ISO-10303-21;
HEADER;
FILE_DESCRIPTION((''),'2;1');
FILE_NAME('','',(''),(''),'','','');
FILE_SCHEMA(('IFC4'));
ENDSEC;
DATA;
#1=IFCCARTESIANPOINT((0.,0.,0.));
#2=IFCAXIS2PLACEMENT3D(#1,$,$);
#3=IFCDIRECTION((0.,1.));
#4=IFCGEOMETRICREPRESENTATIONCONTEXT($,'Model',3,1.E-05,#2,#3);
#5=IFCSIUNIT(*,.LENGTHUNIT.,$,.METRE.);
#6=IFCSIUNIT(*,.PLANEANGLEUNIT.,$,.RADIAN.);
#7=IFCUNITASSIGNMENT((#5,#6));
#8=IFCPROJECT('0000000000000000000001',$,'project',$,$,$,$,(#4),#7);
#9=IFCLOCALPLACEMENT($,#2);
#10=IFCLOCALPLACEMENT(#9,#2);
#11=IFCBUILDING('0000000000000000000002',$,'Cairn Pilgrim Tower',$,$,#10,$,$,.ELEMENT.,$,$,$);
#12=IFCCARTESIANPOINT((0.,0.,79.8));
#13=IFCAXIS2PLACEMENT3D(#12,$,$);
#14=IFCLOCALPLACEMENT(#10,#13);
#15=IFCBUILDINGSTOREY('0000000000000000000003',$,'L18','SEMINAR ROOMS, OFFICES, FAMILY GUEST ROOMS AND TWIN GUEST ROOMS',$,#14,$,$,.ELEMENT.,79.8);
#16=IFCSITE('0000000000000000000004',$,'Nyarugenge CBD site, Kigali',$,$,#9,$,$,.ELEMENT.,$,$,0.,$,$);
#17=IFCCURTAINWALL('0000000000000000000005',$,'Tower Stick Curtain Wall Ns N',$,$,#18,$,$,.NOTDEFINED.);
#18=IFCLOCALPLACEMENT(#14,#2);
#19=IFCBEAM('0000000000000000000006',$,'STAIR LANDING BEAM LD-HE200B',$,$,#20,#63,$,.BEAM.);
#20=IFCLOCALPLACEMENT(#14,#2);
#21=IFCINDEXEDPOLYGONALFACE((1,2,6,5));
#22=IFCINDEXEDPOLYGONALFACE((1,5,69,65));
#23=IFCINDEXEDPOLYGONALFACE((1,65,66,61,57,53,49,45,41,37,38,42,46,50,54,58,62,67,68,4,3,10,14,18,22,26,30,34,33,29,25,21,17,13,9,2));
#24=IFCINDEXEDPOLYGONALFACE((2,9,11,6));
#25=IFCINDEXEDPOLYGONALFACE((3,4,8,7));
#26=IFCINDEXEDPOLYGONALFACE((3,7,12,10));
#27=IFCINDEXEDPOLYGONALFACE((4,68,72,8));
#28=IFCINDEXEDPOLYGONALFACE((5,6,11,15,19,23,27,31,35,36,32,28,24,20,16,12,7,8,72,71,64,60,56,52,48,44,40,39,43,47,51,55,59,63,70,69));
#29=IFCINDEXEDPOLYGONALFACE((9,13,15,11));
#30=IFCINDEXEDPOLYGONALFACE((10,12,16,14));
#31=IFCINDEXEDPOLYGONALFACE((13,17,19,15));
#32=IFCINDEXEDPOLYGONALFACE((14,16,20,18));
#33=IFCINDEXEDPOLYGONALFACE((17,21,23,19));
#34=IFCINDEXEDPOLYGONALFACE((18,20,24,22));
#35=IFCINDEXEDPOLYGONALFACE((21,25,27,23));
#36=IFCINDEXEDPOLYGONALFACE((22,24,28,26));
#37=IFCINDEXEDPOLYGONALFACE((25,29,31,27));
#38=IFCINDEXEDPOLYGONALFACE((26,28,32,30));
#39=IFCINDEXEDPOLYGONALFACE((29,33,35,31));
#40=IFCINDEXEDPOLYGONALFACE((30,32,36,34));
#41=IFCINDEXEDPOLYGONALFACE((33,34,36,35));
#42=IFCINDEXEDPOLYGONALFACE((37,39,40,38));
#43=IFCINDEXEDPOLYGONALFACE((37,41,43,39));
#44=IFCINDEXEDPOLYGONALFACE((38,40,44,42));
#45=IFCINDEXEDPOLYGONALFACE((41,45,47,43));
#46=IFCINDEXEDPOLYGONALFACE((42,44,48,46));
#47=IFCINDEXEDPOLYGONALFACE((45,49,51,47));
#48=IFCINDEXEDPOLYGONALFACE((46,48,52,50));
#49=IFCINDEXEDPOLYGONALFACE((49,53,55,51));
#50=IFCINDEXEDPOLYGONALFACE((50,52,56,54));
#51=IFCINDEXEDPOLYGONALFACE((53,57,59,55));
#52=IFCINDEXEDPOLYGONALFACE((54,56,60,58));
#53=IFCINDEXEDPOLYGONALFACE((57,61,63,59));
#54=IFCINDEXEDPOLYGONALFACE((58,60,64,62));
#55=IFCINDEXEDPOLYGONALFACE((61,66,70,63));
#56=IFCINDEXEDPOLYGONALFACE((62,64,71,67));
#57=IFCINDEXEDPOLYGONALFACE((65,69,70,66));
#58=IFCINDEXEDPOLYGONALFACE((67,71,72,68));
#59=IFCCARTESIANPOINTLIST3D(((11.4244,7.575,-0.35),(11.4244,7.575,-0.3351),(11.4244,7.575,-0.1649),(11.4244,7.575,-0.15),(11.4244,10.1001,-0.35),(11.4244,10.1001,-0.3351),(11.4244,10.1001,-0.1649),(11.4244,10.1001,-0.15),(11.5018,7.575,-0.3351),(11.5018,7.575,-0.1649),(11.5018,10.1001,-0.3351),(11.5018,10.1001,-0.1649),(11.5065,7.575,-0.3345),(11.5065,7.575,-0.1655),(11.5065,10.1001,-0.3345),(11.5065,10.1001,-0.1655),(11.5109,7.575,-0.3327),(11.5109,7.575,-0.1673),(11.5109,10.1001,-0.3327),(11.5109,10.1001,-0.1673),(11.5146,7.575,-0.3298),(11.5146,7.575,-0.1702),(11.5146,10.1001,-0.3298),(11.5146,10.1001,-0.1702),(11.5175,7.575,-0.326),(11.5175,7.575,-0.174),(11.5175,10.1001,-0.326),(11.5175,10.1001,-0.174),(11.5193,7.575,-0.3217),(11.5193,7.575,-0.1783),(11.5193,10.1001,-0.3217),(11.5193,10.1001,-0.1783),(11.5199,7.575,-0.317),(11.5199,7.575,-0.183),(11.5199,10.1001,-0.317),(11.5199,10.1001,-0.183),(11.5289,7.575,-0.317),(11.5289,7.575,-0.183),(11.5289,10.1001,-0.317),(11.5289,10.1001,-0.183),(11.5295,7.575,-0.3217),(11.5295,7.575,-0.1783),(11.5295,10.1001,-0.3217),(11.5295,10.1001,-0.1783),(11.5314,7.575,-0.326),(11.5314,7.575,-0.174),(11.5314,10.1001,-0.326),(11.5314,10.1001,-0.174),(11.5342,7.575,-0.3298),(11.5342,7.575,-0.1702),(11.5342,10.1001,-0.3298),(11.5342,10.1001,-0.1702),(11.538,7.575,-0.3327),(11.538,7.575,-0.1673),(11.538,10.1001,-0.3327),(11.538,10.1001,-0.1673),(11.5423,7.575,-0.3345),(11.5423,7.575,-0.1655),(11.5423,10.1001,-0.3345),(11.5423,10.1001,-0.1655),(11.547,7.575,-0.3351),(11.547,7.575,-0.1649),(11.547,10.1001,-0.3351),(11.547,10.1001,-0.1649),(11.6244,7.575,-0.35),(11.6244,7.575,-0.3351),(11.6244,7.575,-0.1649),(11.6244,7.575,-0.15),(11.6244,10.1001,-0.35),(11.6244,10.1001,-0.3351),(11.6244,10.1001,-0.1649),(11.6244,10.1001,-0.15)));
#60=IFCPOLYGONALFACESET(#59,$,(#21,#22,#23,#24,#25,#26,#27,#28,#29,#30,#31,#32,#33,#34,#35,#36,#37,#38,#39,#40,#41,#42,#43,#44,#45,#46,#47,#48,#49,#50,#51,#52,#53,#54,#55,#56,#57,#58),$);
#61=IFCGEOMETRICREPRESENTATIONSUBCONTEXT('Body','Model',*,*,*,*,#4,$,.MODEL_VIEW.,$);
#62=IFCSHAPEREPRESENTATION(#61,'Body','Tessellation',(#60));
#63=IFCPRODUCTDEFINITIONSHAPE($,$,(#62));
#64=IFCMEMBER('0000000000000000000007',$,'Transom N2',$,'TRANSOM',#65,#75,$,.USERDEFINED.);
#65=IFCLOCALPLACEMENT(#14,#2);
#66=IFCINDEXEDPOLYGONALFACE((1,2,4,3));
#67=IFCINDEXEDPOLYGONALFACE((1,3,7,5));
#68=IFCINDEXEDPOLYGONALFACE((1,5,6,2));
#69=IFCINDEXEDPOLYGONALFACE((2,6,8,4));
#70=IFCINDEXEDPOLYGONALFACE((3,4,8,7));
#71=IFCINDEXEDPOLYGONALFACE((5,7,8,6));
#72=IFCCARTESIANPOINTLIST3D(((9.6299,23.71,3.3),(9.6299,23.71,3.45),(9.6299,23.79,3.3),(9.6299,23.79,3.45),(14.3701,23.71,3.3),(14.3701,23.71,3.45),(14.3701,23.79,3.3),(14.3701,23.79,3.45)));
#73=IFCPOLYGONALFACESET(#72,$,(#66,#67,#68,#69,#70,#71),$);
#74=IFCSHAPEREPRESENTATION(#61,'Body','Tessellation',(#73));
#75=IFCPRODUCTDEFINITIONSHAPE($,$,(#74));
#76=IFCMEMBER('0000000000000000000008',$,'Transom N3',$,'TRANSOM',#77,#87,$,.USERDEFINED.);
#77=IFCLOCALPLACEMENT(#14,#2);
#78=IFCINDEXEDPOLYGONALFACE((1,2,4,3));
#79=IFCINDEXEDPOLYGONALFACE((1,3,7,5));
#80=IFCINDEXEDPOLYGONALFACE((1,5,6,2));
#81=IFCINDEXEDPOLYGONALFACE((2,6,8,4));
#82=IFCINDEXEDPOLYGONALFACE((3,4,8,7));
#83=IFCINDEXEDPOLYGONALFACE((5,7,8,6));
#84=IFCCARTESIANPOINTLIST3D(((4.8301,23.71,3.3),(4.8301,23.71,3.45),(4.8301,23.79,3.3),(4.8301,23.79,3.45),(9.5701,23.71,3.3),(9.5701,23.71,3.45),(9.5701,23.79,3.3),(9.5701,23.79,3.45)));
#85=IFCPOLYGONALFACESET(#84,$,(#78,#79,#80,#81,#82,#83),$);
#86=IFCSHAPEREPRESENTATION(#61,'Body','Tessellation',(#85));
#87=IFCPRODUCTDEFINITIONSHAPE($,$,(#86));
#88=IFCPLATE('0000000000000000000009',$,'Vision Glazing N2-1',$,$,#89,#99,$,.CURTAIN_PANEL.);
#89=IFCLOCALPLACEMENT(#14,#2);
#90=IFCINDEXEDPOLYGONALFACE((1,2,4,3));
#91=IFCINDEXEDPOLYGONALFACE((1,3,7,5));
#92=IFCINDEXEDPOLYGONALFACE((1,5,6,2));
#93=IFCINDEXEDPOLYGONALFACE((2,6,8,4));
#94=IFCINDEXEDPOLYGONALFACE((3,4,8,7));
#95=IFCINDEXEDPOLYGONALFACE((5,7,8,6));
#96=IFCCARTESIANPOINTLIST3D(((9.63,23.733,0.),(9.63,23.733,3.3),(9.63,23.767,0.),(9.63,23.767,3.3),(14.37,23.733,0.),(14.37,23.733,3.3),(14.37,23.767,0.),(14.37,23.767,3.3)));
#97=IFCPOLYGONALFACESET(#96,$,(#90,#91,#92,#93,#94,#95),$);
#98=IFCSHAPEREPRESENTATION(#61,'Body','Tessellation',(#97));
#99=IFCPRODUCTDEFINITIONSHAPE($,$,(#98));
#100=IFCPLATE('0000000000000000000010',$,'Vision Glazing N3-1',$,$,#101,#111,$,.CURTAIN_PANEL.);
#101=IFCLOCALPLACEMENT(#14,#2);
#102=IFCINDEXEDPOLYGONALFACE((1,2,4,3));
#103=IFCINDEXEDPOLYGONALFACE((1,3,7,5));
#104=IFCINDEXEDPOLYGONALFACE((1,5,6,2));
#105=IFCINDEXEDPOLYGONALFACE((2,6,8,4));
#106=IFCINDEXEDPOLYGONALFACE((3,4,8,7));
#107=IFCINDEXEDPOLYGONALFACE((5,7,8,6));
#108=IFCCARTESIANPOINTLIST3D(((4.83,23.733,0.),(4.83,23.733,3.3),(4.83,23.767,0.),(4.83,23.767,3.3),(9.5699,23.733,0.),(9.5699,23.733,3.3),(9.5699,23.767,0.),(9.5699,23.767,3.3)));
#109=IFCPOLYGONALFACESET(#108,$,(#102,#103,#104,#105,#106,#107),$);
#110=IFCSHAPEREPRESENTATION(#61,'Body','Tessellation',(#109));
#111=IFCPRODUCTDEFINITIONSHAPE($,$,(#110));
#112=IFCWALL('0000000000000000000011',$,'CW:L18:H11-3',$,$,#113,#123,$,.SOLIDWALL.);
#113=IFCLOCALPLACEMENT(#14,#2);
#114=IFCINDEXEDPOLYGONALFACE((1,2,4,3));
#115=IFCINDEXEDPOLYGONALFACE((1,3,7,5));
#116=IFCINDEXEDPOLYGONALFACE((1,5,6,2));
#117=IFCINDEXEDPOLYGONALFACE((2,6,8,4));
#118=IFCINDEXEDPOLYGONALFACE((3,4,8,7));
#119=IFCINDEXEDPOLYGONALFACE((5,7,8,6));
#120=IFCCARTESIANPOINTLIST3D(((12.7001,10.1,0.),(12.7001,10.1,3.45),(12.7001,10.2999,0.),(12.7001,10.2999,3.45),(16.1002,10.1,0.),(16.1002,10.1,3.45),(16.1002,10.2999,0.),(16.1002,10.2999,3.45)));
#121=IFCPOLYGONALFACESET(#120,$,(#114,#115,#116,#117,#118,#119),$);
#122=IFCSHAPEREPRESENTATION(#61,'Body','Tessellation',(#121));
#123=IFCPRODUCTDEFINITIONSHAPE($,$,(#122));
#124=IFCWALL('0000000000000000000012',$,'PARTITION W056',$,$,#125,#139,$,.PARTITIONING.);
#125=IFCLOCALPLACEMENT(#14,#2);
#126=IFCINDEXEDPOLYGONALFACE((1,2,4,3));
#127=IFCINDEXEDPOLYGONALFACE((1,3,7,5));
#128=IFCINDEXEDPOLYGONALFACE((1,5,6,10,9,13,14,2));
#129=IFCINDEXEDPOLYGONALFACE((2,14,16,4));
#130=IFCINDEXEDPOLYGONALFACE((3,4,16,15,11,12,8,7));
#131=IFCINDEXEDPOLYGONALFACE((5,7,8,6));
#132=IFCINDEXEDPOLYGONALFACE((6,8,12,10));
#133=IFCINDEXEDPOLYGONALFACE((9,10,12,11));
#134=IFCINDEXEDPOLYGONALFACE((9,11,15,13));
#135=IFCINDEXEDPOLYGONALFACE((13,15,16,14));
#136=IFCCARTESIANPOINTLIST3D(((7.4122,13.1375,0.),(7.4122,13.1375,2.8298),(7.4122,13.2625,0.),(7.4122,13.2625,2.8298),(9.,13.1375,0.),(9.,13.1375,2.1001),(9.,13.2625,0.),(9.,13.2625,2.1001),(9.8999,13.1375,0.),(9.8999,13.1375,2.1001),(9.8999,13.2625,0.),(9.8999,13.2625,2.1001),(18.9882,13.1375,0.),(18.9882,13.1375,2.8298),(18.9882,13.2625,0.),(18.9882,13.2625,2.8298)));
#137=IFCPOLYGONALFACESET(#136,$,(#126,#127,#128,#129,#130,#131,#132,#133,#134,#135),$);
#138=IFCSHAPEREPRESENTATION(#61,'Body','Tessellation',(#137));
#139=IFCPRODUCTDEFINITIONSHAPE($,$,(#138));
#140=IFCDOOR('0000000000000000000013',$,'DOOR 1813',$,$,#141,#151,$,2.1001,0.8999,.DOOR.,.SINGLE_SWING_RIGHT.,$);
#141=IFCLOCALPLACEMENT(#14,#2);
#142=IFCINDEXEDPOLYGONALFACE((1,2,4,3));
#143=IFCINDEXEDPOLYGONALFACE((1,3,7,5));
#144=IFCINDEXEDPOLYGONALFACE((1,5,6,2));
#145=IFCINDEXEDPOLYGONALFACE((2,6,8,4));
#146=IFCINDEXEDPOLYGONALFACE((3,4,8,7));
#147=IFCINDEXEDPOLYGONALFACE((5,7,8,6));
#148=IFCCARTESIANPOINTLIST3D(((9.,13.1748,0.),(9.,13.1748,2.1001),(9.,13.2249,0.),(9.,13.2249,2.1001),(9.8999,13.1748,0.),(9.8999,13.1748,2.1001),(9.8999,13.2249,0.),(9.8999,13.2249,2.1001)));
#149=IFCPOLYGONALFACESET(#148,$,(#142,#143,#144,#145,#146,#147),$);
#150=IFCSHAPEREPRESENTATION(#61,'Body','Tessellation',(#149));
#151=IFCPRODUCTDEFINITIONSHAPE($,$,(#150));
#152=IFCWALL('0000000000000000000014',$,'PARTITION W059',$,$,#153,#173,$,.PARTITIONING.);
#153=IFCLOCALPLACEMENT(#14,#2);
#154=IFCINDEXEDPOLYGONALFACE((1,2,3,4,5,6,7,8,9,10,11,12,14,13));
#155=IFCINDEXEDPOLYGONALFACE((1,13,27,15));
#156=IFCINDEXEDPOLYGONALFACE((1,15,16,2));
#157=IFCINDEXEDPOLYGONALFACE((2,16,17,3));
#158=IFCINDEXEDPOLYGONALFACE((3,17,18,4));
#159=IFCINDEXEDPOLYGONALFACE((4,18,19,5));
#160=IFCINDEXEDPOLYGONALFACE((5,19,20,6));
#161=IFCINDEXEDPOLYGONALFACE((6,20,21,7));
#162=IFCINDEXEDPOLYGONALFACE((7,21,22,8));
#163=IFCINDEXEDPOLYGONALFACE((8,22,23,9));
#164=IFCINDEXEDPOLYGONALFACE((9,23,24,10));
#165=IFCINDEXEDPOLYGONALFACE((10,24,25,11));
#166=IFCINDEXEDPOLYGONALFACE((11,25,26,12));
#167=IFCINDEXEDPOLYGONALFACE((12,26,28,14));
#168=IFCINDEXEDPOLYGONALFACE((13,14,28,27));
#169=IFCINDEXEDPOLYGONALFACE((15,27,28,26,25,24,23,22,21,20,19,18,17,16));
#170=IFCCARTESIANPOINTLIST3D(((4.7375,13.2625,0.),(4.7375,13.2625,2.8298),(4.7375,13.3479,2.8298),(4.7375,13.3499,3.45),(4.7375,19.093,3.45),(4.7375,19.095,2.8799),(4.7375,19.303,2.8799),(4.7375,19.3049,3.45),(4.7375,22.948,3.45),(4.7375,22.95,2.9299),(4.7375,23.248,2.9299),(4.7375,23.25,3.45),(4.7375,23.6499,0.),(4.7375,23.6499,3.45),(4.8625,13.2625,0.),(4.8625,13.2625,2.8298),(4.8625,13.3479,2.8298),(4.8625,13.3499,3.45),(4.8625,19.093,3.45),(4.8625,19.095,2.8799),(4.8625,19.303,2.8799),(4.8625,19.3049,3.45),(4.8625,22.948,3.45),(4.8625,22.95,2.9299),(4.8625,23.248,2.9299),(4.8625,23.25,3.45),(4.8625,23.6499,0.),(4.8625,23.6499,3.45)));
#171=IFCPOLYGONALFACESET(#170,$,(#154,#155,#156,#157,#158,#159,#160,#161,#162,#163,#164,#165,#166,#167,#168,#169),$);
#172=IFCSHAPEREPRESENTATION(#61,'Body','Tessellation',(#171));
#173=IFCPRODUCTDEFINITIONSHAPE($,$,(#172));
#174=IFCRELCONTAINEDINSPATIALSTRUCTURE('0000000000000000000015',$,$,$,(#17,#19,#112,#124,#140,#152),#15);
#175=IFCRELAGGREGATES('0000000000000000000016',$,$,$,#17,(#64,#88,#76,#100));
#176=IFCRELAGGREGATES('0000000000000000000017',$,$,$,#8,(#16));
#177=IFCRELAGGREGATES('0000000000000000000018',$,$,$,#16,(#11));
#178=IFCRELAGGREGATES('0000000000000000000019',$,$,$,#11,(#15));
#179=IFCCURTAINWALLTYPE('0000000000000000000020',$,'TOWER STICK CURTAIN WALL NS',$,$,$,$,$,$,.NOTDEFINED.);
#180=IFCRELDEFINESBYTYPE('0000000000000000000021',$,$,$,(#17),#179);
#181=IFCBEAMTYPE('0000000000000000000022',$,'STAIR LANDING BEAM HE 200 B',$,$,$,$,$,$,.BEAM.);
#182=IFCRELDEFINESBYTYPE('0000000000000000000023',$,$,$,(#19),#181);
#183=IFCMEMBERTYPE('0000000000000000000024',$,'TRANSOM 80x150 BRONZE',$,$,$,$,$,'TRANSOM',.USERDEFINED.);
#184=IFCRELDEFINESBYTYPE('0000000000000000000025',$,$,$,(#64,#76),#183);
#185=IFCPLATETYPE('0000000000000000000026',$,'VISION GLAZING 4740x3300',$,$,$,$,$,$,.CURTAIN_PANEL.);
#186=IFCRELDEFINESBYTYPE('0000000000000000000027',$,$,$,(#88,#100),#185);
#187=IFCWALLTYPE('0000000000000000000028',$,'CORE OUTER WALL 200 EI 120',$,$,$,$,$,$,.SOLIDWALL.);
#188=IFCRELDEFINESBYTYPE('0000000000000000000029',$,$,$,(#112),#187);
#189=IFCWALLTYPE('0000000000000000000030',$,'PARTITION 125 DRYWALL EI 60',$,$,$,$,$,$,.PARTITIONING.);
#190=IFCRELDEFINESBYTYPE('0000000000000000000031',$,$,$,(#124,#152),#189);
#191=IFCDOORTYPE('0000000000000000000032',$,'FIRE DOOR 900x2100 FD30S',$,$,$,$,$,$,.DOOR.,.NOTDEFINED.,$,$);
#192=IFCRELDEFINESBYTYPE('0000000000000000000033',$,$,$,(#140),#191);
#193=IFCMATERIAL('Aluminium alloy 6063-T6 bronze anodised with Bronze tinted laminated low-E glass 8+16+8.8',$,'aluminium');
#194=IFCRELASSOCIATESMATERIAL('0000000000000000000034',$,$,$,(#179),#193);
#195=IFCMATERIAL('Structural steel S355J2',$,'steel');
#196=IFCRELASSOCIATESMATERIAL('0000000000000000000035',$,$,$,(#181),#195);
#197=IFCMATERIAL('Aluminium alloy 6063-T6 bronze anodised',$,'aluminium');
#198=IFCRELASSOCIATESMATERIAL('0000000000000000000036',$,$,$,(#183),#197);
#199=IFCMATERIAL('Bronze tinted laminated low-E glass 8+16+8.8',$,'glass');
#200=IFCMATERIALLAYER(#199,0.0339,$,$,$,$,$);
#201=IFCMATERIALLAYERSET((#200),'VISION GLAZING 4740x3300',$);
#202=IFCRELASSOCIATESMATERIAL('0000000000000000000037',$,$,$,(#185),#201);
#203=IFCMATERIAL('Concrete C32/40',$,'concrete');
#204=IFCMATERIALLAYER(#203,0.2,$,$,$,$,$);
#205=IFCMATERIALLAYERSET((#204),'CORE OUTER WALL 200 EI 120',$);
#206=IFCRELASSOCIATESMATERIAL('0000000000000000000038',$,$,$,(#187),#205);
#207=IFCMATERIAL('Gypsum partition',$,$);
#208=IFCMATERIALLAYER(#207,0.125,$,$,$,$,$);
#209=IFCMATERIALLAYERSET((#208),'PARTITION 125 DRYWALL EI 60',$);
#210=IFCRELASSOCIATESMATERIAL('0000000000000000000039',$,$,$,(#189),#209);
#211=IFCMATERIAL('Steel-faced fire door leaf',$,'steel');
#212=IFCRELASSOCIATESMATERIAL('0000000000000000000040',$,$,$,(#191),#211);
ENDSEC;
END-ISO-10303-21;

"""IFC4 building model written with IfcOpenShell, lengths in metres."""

from ifc_helpers import new_model, si_unit, direction, frame, frame_2d, origin, origin_2d, place, context, subcontext, project, spatial, polyline, rectangle, i_section, outline, extrude, material, layer, layer_set, material_profile, profile_set, type_object, element, fill, aggregate, save


model = new_model("IFC4")

# Units and contexts
model_context = context("Model", 3, precision=1e-05, world=origin(), true_north=direction((0.0, 1.0)))
body_context = subcontext(model_context, "Body", "Model", "MODEL_VIEW")
ifc_project = project(units=[si_unit("LENGTHUNIT", "METRE"), si_unit("PLANEANGLEUNIT", "RADIAN")], contexts=[model_context])

# Site, building, storey
site_placement = place(None, origin())
site = spatial("IfcSite", under=ifc_project, at=site_placement, Name="Nyarugenge CBD site, Kigali", CompositionType="ELEMENT", RefElevation=0.0)
building_placement = place(site_placement, origin())
building = spatial("IfcBuilding", under=site, at=building_placement, Name="Cairn Pilgrim Tower", CompositionType="ELEMENT")
storey_placement = place(building_placement, frame((0.0, 0.0, 79.8)))
storey = spatial("IfcBuildingStorey", under=building, at=storey_placement, Name="L18", Description="SEMINAR ROOMS, OFFICES, FAMILY GUEST ROOMS AND TWIN GUEST ROOMS", CompositionType="ELEMENT", Elevation=79.8)

# Curtain wall
ifc_material_1 = material(Name="Aluminium alloy 6063-T6 bronze anodised with Bronze tinted laminated low-E glass 8+16+8.8", Category="aluminium")
curtain_wall_type = type_object("IfcCurtainWallType", Name="TOWER STICK CURTAIN WALL NS", PredefinedType="NOTDEFINED", material=ifc_material_1)
curtain_wall_placement = place(storey_placement, origin())
curtain_wall = element("IfcCurtainWall", 1, at=curtain_wall_placement, inside=storey, type_object=curtain_wall_type, Name="Tower Stick Curtain Wall Ns N", PredefinedType="NOTDEFINED")
ifc_material_2 = material(Name="Aluminium alloy 6063-T6 bronze anodised", Category="aluminium")

# Beam
ifc_material_3 = material(Name="Structural steel S355J2", Category="steel")
ifc_material_profile_1 = material_profile(ifc_material_3, i_section(OverallWidth=0.2, OverallDepth=0.2, WebThickness=0.009, FlangeThickness=0.0149, FilletRadius=0.0181, at=origin_2d()), Name="HE 200 B")
ifc_profile_set_1 = profile_set([ifc_material_profile_1], Name="Structural steel S355J2")
beam_type_1 = type_object("IfcBeamType", Name="STAIR LANDING BEAM HE 200 B", PredefinedType="BEAM", material=ifc_profile_set_1)
beam_1_placement = place(storey_placement, frame((11.5244, 10.1001, -0.25), z_axis=(0.0, -1.0, 0.0), x_axis=(1.0, 0.0, 0.0)))
element("IfcBeam", 2, at=beam_1_placement, inside=storey, type_object=beam_type_1, Name="STAIR LANDING BEAM LD-HE200B", PredefinedType="BEAM", context=body_context, shape_type="SweptSolid", body=[
    extrude(i_section(OverallWidth=0.2, OverallDepth=0.2, WebThickness=0.009, FlangeThickness=0.0149, FilletRadius=0.0181, at=origin_2d()), origin(), (0.0, 0.0, 1.0), 2.5251),
])

# Members
ifc_material_profile_2 = material_profile(ifc_material_2, rectangle(XDim=0.0801, YDim=0.1499, at=origin_2d()), Name="TRANSOM 80x150 BRONZE")
ifc_profile_set_2 = profile_set([ifc_material_profile_2], Name="Aluminium alloy 6063-T6 bronze anodised")
member_type_1 = type_object("IfcMemberType", Name="TRANSOM 80x150 BRONZE", ElementType="TRANSOM", PredefinedType="USERDEFINED", material=ifc_profile_set_2)
member_1_placement = place(storey_placement, frame((14.3701, 23.75, 3.375), z_axis=(-1.0, 0.0, 0.0), x_axis=(0.0, -1.0, 0.0)))
member_1 = element("IfcMember", 3, at=member_1_placement, type_object=member_type_1, Name="Transom N2", ObjectType="TRANSOM", PredefinedType="USERDEFINED", context=body_context, shape_type="SweptSolid", body=[
    extrude(rectangle(XDim=0.0801, YDim=0.1499, at=origin_2d()), origin(), (0.0, 0.0, 1.0), 4.7402),
])
member_2_placement = place(storey_placement, frame((9.5701, 23.75, 3.375), z_axis=(-1.0, 0.0, 0.0), x_axis=(0.0, -1.0, 0.0)))
member_2 = element("IfcMember", 4, at=member_2_placement, type_object=member_type_1, Name="Transom N3", ObjectType="TRANSOM", PredefinedType="USERDEFINED", context=body_context, shape_type="SweptSolid", body=[
    extrude(rectangle(XDim=0.0801, YDim=0.1499, at=origin_2d()), origin(), (0.0, 0.0, 1.0), 4.74),
])

# Plates
ifc_material_4 = material(Name="Bronze tinted laminated low-E glass 8+16+8.8", Category="glass")
ifc_layer_1 = layer(ifc_material_4, 0.0339)
ifc_layer_set_1 = layer_set([ifc_layer_1], Name="VISION GLAZING 4740x3300")
plate_type = type_object("IfcPlateType", Name="VISION GLAZING 4740x3300", PredefinedType="CURTAIN_PANEL", material=ifc_layer_set_1)
plate_1_placement = place(storey_placement, frame((12.0, 23.75, 0.0), z_axis=(0.0, 0.0, 1.0), x_axis=(-1.0, 0.0, 0.0)))
plate_1 = element("IfcPlate", 5, at=plate_1_placement, type_object=plate_type, Name="Vision Glazing N2-1", PredefinedType="CURTAIN_PANEL", context=body_context, shape_type="SweptSolid", body=[
    extrude(rectangle(XDim=4.74, YDim=0.0339, at=origin_2d()), origin(), (0.0, 0.0, 1.0), 3.3),
])
plate_2_placement = place(storey_placement, frame((7.2, 23.75, 0.0), z_axis=(0.0, 0.0, 1.0), x_axis=(-1.0, 0.0, 0.0)))
plate_2 = element("IfcPlate", 6, at=plate_2_placement, type_object=plate_type, Name="Vision Glazing N3-1", PredefinedType="CURTAIN_PANEL", context=body_context, shape_type="SweptSolid", body=[
    extrude(rectangle(XDim=4.74, YDim=0.0339, at=origin_2d()), origin(), (0.0, 0.0, 1.0), 3.3),
])
aggregate(curtain_wall, [member_1, plate_1, member_2, plate_2])

# Wall
ifc_material_5 = material(Name="Concrete C32/40", Category="concrete")
ifc_layer_2 = layer(ifc_material_5, 0.2)
ifc_layer_set_2 = layer_set([ifc_layer_2], Name="CORE OUTER WALL 200 EI 120")
wall_type_1 = type_object("IfcWallType", Name="CORE OUTER WALL 200 EI 120", PredefinedType="SOLIDWALL", material=ifc_layer_set_2)
wall_1_placement = place(storey_placement, frame((12.7, 10.2, 0.0), z_axis=(0.0, 0.0, 1.0), x_axis=(1.0, 0.0, 0.0)))
element("IfcWall", 7, at=wall_1_placement, inside=storey, type_object=wall_type_1, Name="CW:L18:H11-3", PredefinedType="SOLIDWALL", context=body_context, shape_type="SweptSolid", body=[
    extrude(rectangle(XDim=3.4001, YDim=0.2, at=frame_2d((1.7002, 0.0))), origin(), (0.0, 0.0, 1.0), 3.45),
])

# Wall, opening, door
ifc_material_6 = material(Name="Gypsum partition")
ifc_layer_3 = layer(ifc_material_6, 0.125)
ifc_layer_set_3 = layer_set([ifc_layer_3], Name="PARTITION 125 DRYWALL EI 60")
wall_type_2 = type_object("IfcWallType", Name="PARTITION 125 DRYWALL EI 60", PredefinedType="PARTITIONING", material=ifc_layer_set_3)
wall_2_placement = place(storey_placement, frame((7.4121, 13.2, 0.0), z_axis=(0.0, 0.0, 1.0), x_axis=(1.0, 0.0, 0.0)))
wall_2 = element("IfcWall", 8, at=wall_2_placement, inside=storey, type_object=wall_type_2, Name="PARTITION W056", PredefinedType="PARTITIONING", context=body_context, shape_type="SweptSolid", body=[
    extrude(rectangle(XDim=11.5759, YDim=0.125, at=frame_2d((5.7881, 0.0))), origin(), (0.0, 0.0, 1.0), 2.8298),
])
opening_1_placement = place(wall_2_placement, frame((1.5879, 0.0, 0.0)))
opening_1 = element("IfcOpeningElement", 9, at=opening_1_placement, cuts=wall_2, PredefinedType="OPENING", context=body_context, shape_type="SweptSolid", body=[
    extrude(rectangle(XDim=0.8999, YDim=2.1001, at=frame_2d((0.45, 1.05))), frame((0.0, 0.0725, 0.0), z_axis=(0.0, -1.0, 0.0), x_axis=(1.0, 0.0, 0.0)), (0.0, 0.0, 1.0), 0.145),
])
ifc_material_7 = material(Name="Steel-faced fire door leaf", Category="steel")
door_type_1 = type_object("IfcDoorType", Name="FIRE DOOR 900x2100 FD30S", OperationType="NOTDEFINED", PredefinedType="DOOR", material=ifc_material_7)
door_1_placement = place(opening_1_placement, origin())
door_1 = element("IfcDoor", 10, at=door_1_placement, inside=storey, type_object=door_type_1, Name="DOOR 1813", OperationType="SINGLE_SWING_RIGHT", OverallHeight=2.1001, OverallWidth=0.8999, PredefinedType="DOOR", context=body_context, shape_type="SweptSolid", body=[
    extrude(rectangle(XDim=0.8999, YDim=2.1001, at=frame_2d((0.45, 1.05))), frame((0.0, 0.0249, 0.0), z_axis=(0.0, -1.0, 0.0), x_axis=(1.0, 0.0, 0.0)), (0.0, 0.0, 1.0), 0.05),
])
fill(opening_1, door_1)

# Wall
wall_3_placement = place(storey_placement, frame((4.8, 13.2625, 0.0), z_axis=(0.0, 0.0, 1.0), x_axis=(0.0, 1.0, 0.0)))
element("IfcWall", 11, at=wall_3_placement, inside=storey, type_object=wall_type_2, Name="PARTITION W059", PredefinedType="PARTITIONING", context=body_context, shape_type="SweptSolid", body=[
    extrude(outline(polyline([(0.0, 0.0), (10.3875, 0.0), (10.3875, 3.45), (9.9875, 3.45), (9.9856, 2.9299), (9.6875, 2.9299), (9.6855, 3.45), (6.0425, 3.45), (6.0405, 2.8799), (5.8325, 2.8799), (5.8306, 3.45), (0.0874, 3.45), (0.0854, 2.8298), (0.0, 2.8298), (0.0, 0.0)])), frame((0.0, 0.0625, 0.0), z_axis=(0.0, -1.0, 0.0), x_axis=(1.0, 0.0, 0.0)), (0.0, 0.0, 1.0), 0.125),
])

save(model, "model.ifc")
